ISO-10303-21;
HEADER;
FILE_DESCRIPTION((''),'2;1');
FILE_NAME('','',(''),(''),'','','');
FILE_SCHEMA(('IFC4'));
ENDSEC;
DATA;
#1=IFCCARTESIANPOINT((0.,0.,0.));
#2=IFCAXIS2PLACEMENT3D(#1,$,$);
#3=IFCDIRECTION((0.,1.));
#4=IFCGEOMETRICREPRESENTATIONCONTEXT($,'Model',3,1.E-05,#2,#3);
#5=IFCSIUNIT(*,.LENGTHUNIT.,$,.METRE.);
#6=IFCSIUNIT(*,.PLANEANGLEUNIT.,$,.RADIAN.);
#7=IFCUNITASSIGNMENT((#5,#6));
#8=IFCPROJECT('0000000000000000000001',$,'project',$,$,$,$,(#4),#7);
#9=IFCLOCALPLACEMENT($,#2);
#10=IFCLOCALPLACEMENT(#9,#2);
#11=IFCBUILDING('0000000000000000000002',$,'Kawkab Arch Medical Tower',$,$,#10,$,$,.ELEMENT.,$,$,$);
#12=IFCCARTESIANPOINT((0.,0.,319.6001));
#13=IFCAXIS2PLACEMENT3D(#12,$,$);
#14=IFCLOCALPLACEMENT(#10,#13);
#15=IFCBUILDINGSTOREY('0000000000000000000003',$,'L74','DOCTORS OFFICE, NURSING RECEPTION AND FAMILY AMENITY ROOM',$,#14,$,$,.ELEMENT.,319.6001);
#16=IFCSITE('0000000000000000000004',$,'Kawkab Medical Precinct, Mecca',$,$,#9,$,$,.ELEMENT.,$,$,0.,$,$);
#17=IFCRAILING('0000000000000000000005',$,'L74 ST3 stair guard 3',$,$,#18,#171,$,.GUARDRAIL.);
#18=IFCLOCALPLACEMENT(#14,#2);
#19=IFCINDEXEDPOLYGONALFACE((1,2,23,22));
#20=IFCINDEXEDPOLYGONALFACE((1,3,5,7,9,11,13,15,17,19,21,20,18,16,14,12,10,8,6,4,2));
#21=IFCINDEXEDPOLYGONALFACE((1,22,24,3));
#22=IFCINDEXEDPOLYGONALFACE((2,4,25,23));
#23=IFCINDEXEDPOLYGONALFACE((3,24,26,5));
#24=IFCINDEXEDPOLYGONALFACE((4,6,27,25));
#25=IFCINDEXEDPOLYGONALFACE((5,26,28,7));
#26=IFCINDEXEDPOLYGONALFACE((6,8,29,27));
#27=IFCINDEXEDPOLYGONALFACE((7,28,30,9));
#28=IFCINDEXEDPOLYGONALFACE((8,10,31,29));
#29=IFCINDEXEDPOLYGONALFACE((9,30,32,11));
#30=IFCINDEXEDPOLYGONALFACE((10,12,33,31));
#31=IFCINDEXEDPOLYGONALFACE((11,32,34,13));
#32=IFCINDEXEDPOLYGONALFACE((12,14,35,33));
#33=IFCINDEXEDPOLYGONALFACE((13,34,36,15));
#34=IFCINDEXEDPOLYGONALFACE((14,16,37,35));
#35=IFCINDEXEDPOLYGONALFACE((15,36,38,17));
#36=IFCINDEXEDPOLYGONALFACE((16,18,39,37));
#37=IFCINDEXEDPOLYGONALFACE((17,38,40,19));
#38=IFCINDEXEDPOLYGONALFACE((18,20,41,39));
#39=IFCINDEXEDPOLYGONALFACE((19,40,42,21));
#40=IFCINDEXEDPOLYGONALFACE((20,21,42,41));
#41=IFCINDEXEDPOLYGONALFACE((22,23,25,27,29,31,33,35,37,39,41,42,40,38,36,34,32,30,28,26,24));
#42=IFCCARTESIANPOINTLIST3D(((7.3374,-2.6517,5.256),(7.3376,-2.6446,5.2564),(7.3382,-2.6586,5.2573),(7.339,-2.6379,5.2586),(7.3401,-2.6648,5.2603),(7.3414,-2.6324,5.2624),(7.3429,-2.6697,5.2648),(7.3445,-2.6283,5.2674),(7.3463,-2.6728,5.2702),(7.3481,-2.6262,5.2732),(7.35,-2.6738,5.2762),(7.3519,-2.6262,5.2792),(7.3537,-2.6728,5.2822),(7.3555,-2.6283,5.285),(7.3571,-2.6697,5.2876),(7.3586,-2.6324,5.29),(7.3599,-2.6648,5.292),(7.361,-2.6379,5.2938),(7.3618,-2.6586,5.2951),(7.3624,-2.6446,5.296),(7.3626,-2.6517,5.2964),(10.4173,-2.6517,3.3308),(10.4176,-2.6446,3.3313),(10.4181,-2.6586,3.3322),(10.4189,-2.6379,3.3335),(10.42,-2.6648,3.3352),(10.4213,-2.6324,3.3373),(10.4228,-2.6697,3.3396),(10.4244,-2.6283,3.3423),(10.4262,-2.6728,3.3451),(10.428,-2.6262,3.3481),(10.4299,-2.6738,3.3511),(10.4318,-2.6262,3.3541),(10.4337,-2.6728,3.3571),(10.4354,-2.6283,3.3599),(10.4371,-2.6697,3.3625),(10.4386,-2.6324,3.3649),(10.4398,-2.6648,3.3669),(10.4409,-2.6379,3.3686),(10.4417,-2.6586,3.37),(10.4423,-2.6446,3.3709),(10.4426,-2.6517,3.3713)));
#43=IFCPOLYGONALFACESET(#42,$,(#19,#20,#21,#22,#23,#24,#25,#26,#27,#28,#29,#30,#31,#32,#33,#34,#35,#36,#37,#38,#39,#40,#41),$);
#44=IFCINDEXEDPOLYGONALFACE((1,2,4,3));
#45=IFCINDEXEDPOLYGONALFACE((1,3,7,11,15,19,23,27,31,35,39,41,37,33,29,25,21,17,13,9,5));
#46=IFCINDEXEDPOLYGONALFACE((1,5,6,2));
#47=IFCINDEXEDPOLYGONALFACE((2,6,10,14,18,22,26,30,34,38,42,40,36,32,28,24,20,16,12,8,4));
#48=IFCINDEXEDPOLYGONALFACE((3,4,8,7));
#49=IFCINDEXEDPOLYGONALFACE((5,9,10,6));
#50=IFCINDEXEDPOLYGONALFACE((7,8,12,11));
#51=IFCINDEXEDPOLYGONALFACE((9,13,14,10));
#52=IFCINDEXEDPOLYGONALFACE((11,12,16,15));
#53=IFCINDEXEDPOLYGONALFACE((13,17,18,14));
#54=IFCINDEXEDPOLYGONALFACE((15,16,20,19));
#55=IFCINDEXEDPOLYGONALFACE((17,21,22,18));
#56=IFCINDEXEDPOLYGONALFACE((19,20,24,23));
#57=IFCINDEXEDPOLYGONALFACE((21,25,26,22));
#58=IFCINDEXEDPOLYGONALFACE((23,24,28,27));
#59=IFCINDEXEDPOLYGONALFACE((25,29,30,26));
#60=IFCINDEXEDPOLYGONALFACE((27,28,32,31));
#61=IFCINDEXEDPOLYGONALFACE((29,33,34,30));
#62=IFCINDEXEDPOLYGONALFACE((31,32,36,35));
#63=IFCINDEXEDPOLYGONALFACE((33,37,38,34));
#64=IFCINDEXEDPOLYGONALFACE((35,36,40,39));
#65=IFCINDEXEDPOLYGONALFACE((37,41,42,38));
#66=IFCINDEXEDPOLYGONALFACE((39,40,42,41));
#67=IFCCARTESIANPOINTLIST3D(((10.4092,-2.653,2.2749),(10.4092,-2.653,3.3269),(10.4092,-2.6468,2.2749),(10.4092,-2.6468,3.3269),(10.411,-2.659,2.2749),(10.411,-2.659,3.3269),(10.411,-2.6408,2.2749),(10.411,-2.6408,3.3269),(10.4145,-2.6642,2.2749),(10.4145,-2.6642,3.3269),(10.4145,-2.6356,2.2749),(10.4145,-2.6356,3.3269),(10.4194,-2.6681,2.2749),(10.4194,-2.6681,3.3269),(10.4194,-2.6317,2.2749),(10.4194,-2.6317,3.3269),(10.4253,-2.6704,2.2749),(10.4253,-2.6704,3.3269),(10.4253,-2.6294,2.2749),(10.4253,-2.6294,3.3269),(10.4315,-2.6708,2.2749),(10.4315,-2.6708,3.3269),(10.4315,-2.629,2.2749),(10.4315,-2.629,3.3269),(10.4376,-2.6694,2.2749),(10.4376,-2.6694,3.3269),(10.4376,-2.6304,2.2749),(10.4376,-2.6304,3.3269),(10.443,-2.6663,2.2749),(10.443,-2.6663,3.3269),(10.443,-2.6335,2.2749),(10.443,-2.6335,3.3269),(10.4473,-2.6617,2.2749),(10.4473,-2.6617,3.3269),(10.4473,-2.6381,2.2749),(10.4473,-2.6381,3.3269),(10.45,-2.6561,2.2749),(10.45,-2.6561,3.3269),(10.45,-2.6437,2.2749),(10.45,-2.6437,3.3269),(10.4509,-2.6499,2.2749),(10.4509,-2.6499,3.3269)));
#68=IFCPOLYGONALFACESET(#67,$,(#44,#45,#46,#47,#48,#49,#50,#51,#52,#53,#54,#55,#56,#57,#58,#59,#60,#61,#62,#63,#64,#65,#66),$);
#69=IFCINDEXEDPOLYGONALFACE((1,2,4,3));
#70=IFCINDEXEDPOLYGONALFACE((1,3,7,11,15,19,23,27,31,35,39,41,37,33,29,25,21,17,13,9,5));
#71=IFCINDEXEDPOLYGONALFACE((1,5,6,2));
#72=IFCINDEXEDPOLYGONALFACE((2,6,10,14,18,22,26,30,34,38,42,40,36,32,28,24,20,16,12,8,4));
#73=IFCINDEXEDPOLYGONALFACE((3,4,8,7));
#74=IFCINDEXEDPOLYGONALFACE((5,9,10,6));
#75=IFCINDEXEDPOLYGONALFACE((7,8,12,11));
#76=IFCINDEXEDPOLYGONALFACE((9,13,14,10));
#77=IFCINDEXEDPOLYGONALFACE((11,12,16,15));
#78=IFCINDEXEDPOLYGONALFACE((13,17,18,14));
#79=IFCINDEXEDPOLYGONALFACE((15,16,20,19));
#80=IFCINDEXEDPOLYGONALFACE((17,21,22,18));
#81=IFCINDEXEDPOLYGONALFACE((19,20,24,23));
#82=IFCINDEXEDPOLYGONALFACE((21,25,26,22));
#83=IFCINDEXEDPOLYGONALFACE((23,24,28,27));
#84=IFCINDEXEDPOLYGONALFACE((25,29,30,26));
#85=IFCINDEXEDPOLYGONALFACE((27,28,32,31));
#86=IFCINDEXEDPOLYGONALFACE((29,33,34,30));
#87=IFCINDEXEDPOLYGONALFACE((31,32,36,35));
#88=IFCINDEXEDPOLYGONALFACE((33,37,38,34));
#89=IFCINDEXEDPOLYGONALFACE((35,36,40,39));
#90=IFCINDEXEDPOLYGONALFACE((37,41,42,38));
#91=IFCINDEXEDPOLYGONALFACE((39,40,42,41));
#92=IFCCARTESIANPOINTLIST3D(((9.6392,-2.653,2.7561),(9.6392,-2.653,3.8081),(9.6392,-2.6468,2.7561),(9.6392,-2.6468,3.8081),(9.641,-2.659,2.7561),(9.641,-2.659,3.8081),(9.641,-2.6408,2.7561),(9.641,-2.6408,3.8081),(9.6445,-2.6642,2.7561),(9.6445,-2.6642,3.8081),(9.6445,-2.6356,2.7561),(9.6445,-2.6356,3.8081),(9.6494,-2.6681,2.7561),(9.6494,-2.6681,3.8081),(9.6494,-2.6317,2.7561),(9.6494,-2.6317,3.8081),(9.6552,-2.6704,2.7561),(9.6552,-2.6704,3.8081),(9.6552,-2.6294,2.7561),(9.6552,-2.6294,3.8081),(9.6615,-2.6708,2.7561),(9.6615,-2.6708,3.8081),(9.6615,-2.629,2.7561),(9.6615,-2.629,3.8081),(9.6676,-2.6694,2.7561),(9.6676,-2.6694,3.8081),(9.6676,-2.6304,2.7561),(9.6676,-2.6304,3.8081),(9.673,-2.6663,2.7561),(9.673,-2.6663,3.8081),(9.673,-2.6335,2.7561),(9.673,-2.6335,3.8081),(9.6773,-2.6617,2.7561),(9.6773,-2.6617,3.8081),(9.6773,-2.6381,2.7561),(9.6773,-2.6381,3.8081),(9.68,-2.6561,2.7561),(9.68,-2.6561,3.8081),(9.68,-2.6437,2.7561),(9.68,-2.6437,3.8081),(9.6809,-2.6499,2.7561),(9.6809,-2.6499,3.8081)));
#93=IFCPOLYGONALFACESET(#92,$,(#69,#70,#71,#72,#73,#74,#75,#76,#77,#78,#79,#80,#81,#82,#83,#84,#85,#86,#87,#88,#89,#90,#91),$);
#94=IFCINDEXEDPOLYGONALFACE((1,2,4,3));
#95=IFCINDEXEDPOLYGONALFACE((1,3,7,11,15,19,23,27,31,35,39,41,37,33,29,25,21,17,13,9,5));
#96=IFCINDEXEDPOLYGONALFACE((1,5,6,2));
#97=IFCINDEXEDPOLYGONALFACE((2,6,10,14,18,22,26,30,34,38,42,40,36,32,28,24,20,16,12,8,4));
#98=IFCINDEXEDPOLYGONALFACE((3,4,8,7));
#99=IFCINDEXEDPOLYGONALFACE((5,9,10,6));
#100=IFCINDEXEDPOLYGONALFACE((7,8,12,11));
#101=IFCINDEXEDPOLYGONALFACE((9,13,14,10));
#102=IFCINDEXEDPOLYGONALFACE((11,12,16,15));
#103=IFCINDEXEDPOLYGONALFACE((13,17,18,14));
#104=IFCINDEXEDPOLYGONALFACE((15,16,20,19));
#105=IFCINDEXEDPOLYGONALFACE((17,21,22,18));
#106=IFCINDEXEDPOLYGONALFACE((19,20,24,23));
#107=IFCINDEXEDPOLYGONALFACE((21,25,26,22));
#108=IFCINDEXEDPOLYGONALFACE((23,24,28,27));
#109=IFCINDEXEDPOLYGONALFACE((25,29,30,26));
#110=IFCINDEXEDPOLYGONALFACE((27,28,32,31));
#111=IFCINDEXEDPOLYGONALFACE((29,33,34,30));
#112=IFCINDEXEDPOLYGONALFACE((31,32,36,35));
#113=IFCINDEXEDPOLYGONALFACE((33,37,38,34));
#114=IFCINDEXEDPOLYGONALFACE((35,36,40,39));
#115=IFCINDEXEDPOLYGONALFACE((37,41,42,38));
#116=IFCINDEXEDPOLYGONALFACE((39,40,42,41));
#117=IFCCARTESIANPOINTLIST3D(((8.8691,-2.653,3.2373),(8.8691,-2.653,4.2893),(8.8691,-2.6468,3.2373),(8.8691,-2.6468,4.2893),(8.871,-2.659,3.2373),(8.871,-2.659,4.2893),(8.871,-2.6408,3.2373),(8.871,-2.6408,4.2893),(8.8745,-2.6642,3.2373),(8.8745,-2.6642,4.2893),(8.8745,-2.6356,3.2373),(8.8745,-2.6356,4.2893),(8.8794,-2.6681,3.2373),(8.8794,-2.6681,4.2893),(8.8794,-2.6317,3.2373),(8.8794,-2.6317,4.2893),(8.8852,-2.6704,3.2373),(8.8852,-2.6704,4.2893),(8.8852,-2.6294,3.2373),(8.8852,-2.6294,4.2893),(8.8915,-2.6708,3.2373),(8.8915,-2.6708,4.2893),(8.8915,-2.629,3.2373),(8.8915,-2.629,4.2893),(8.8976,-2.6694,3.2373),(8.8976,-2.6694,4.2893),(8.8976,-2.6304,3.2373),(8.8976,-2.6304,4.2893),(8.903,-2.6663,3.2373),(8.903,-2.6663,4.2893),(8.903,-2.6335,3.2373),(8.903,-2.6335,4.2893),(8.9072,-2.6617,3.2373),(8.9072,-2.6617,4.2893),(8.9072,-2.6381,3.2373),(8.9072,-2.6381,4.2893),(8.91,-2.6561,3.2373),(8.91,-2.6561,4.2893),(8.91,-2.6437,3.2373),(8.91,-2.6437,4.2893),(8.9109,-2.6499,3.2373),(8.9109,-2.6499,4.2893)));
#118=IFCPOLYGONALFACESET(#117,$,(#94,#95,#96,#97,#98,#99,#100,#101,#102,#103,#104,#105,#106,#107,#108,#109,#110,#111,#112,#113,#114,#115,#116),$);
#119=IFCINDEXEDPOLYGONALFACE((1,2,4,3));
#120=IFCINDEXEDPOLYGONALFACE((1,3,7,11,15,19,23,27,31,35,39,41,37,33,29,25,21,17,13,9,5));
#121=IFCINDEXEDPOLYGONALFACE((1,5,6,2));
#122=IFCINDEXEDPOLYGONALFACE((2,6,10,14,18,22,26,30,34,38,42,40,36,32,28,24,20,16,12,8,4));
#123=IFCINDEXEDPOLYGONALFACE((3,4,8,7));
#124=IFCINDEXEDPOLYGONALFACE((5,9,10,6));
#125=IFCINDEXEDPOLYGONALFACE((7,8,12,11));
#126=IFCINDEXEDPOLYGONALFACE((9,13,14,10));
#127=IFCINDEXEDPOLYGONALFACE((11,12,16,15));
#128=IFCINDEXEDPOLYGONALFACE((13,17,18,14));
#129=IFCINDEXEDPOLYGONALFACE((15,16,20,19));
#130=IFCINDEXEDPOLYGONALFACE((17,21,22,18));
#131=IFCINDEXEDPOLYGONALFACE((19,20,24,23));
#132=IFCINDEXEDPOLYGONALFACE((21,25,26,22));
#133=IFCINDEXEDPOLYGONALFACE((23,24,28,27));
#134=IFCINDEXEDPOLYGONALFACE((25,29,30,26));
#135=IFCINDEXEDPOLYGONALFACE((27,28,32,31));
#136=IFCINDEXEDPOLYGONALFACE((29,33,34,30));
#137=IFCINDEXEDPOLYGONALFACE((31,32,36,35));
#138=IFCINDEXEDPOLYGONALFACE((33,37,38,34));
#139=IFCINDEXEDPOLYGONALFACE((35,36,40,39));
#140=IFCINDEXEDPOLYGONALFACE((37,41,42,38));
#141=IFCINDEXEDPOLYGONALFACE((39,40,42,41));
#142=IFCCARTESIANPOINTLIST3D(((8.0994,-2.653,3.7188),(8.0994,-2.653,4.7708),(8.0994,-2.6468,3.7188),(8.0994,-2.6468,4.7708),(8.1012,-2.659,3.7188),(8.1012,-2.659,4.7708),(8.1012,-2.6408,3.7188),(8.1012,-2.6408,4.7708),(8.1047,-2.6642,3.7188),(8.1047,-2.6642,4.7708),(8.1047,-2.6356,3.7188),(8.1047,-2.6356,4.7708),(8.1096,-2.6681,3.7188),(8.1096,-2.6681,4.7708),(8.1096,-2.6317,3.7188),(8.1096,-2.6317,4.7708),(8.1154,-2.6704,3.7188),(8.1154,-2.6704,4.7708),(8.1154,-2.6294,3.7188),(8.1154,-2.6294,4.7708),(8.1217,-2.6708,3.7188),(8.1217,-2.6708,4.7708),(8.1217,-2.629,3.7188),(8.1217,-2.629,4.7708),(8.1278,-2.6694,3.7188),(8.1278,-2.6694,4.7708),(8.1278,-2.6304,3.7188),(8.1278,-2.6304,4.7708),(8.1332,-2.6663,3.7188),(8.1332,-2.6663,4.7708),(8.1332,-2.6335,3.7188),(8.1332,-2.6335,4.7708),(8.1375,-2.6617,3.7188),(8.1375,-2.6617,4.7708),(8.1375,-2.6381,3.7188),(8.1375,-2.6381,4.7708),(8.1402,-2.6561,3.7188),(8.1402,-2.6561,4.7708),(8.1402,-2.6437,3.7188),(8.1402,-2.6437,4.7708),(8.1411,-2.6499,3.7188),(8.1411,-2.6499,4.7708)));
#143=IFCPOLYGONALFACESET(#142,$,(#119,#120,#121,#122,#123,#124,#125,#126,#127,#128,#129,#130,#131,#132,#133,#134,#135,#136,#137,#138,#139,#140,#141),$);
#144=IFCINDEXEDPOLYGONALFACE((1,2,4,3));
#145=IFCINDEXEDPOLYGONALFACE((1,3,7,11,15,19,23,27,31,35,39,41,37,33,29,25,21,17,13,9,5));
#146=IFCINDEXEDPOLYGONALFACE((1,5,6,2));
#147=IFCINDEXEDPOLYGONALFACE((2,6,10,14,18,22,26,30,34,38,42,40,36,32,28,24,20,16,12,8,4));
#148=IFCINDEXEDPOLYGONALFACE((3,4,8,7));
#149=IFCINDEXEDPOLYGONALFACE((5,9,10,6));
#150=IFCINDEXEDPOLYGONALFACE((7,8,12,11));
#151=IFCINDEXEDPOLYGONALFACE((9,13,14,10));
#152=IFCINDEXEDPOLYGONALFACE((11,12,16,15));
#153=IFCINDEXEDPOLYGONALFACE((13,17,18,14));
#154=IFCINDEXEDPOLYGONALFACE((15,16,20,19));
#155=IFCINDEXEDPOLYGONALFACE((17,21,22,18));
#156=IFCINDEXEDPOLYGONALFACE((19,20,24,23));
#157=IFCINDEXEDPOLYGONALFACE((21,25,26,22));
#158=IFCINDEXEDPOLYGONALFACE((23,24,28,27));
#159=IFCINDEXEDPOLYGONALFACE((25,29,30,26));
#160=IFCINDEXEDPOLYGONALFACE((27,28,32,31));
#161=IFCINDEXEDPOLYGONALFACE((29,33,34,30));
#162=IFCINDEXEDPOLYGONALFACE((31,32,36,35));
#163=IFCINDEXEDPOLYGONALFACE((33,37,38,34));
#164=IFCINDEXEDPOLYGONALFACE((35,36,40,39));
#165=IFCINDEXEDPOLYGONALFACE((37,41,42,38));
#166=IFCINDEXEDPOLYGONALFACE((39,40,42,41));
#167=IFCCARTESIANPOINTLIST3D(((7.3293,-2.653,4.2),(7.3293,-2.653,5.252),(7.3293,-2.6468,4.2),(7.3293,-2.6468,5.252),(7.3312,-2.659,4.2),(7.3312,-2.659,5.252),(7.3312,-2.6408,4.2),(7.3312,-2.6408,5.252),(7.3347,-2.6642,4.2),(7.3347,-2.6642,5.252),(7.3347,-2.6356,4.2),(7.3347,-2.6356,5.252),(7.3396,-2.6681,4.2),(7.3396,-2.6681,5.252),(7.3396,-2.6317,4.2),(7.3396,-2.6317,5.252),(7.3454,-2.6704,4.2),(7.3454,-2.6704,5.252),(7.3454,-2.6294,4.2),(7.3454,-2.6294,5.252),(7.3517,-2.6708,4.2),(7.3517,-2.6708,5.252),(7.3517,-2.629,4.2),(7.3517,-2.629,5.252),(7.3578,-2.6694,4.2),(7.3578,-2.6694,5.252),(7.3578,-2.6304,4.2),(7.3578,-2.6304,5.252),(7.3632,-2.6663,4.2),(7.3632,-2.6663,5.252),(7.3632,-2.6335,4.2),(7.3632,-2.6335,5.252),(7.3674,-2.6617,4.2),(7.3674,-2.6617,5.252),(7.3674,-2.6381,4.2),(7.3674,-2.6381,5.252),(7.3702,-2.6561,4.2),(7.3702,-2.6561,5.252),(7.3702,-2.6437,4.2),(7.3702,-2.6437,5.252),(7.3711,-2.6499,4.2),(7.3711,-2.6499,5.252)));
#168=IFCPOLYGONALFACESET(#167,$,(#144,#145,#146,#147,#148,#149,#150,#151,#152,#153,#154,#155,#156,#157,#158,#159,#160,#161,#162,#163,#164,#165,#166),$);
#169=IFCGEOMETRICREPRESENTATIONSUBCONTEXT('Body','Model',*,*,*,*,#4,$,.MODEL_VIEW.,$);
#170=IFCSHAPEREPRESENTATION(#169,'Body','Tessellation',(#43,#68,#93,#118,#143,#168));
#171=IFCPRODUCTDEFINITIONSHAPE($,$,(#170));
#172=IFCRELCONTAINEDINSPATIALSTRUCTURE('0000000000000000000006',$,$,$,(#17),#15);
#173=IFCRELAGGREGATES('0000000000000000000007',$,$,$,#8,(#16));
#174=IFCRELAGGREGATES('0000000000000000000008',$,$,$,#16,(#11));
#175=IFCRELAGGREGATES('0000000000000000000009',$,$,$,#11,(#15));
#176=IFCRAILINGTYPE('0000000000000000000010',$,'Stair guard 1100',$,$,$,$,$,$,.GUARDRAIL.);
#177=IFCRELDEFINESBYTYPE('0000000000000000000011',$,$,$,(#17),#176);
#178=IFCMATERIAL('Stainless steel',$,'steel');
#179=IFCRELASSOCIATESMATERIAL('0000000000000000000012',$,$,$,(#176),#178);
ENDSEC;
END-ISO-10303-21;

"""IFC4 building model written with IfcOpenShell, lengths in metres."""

from ifc_helpers import new_model, si_unit, direction, frame, origin, origin_2d, place, context, subcontext, project, spatial, circle, extrude, material, type_object, element, save


model = new_model("IFC4")

# Units and contexts
model_context = context("Model", 3, precision=1e-05, world=origin(), true_north=direction((0.0, 1.0)))
body_context = subcontext(model_context, "Body", "Model", "MODEL_VIEW")
ifc_project = project(units=[si_unit("LENGTHUNIT", "METRE"), si_unit("PLANEANGLEUNIT", "RADIAN")], contexts=[model_context])

# Site, building, storey
site_placement = place(None, origin())
site = spatial("IfcSite", under=ifc_project, at=site_placement, Name="Kawkab Medical Precinct, Mecca", CompositionType="ELEMENT", RefElevation=0.0)
building_placement = place(site_placement, origin())
building = spatial("IfcBuilding", under=site, at=building_placement, Name="Kawkab Arch Medical Tower", CompositionType="ELEMENT")
storey_placement = place(building_placement, frame((0.0, 0.0, 319.6001)))
storey = spatial("IfcBuildingStorey", under=building, at=storey_placement, Name="L74", Description="DOCTORS OFFICE, NURSING RECEPTION AND FAMILY AMENITY ROOM", CompositionType="ELEMENT", Elevation=319.6001)

# Railing
ifc_material_1 = material(Name="Stainless steel", Category="steel")
railing_type_1 = type_object("IfcRailingType", Name="Stair guard 1100", PredefinedType="GUARDRAIL", material=ifc_material_1)
railing_1_placement = place(storey_placement, frame((10.4299, -2.6499, 2.2749)))
element("IfcRailing", 1, at=railing_1_placement, inside=storey, type_object=railing_type_1, Name="L74 ST3 stair guard 3", PredefinedType="GUARDRAIL", context=body_context, shape_type="SweptSolid", body=[
    extrude(circle(Radius=0.0239, at=origin_2d()), frame((0.0, 0.0, 1.0762), z_axis=(-0.847979, 0.0, 0.530029), x_axis=(0.0, -1.0, 0.0)), (0.0, 0.0, 1.0), 3.6321),
    extrude(circle(Radius=0.021, at=origin_2d()), origin(), (0.0, 0.0, 1.0), 1.052),
    extrude(circle(Radius=0.021, at=origin_2d()), frame((-0.77, 0.0, 0.4812)), (0.0, 0.0, 1.0), 1.052),
    extrude(circle(Radius=0.021, at=origin_2d()), frame((-1.54, 0.0, 0.9624)), (0.0, 0.0, 1.0), 1.052),
    extrude(circle(Radius=0.021, at=origin_2d()), frame((-2.3098, 0.0, 1.4438)), (0.0, 0.0, 1.0), 1.052),
    extrude(circle(Radius=0.021, at=origin_2d()), frame((-3.0798, 0.0, 1.925)), (0.0, 0.0, 1.0), 1.052),
])

save(model, "model.ifc")
